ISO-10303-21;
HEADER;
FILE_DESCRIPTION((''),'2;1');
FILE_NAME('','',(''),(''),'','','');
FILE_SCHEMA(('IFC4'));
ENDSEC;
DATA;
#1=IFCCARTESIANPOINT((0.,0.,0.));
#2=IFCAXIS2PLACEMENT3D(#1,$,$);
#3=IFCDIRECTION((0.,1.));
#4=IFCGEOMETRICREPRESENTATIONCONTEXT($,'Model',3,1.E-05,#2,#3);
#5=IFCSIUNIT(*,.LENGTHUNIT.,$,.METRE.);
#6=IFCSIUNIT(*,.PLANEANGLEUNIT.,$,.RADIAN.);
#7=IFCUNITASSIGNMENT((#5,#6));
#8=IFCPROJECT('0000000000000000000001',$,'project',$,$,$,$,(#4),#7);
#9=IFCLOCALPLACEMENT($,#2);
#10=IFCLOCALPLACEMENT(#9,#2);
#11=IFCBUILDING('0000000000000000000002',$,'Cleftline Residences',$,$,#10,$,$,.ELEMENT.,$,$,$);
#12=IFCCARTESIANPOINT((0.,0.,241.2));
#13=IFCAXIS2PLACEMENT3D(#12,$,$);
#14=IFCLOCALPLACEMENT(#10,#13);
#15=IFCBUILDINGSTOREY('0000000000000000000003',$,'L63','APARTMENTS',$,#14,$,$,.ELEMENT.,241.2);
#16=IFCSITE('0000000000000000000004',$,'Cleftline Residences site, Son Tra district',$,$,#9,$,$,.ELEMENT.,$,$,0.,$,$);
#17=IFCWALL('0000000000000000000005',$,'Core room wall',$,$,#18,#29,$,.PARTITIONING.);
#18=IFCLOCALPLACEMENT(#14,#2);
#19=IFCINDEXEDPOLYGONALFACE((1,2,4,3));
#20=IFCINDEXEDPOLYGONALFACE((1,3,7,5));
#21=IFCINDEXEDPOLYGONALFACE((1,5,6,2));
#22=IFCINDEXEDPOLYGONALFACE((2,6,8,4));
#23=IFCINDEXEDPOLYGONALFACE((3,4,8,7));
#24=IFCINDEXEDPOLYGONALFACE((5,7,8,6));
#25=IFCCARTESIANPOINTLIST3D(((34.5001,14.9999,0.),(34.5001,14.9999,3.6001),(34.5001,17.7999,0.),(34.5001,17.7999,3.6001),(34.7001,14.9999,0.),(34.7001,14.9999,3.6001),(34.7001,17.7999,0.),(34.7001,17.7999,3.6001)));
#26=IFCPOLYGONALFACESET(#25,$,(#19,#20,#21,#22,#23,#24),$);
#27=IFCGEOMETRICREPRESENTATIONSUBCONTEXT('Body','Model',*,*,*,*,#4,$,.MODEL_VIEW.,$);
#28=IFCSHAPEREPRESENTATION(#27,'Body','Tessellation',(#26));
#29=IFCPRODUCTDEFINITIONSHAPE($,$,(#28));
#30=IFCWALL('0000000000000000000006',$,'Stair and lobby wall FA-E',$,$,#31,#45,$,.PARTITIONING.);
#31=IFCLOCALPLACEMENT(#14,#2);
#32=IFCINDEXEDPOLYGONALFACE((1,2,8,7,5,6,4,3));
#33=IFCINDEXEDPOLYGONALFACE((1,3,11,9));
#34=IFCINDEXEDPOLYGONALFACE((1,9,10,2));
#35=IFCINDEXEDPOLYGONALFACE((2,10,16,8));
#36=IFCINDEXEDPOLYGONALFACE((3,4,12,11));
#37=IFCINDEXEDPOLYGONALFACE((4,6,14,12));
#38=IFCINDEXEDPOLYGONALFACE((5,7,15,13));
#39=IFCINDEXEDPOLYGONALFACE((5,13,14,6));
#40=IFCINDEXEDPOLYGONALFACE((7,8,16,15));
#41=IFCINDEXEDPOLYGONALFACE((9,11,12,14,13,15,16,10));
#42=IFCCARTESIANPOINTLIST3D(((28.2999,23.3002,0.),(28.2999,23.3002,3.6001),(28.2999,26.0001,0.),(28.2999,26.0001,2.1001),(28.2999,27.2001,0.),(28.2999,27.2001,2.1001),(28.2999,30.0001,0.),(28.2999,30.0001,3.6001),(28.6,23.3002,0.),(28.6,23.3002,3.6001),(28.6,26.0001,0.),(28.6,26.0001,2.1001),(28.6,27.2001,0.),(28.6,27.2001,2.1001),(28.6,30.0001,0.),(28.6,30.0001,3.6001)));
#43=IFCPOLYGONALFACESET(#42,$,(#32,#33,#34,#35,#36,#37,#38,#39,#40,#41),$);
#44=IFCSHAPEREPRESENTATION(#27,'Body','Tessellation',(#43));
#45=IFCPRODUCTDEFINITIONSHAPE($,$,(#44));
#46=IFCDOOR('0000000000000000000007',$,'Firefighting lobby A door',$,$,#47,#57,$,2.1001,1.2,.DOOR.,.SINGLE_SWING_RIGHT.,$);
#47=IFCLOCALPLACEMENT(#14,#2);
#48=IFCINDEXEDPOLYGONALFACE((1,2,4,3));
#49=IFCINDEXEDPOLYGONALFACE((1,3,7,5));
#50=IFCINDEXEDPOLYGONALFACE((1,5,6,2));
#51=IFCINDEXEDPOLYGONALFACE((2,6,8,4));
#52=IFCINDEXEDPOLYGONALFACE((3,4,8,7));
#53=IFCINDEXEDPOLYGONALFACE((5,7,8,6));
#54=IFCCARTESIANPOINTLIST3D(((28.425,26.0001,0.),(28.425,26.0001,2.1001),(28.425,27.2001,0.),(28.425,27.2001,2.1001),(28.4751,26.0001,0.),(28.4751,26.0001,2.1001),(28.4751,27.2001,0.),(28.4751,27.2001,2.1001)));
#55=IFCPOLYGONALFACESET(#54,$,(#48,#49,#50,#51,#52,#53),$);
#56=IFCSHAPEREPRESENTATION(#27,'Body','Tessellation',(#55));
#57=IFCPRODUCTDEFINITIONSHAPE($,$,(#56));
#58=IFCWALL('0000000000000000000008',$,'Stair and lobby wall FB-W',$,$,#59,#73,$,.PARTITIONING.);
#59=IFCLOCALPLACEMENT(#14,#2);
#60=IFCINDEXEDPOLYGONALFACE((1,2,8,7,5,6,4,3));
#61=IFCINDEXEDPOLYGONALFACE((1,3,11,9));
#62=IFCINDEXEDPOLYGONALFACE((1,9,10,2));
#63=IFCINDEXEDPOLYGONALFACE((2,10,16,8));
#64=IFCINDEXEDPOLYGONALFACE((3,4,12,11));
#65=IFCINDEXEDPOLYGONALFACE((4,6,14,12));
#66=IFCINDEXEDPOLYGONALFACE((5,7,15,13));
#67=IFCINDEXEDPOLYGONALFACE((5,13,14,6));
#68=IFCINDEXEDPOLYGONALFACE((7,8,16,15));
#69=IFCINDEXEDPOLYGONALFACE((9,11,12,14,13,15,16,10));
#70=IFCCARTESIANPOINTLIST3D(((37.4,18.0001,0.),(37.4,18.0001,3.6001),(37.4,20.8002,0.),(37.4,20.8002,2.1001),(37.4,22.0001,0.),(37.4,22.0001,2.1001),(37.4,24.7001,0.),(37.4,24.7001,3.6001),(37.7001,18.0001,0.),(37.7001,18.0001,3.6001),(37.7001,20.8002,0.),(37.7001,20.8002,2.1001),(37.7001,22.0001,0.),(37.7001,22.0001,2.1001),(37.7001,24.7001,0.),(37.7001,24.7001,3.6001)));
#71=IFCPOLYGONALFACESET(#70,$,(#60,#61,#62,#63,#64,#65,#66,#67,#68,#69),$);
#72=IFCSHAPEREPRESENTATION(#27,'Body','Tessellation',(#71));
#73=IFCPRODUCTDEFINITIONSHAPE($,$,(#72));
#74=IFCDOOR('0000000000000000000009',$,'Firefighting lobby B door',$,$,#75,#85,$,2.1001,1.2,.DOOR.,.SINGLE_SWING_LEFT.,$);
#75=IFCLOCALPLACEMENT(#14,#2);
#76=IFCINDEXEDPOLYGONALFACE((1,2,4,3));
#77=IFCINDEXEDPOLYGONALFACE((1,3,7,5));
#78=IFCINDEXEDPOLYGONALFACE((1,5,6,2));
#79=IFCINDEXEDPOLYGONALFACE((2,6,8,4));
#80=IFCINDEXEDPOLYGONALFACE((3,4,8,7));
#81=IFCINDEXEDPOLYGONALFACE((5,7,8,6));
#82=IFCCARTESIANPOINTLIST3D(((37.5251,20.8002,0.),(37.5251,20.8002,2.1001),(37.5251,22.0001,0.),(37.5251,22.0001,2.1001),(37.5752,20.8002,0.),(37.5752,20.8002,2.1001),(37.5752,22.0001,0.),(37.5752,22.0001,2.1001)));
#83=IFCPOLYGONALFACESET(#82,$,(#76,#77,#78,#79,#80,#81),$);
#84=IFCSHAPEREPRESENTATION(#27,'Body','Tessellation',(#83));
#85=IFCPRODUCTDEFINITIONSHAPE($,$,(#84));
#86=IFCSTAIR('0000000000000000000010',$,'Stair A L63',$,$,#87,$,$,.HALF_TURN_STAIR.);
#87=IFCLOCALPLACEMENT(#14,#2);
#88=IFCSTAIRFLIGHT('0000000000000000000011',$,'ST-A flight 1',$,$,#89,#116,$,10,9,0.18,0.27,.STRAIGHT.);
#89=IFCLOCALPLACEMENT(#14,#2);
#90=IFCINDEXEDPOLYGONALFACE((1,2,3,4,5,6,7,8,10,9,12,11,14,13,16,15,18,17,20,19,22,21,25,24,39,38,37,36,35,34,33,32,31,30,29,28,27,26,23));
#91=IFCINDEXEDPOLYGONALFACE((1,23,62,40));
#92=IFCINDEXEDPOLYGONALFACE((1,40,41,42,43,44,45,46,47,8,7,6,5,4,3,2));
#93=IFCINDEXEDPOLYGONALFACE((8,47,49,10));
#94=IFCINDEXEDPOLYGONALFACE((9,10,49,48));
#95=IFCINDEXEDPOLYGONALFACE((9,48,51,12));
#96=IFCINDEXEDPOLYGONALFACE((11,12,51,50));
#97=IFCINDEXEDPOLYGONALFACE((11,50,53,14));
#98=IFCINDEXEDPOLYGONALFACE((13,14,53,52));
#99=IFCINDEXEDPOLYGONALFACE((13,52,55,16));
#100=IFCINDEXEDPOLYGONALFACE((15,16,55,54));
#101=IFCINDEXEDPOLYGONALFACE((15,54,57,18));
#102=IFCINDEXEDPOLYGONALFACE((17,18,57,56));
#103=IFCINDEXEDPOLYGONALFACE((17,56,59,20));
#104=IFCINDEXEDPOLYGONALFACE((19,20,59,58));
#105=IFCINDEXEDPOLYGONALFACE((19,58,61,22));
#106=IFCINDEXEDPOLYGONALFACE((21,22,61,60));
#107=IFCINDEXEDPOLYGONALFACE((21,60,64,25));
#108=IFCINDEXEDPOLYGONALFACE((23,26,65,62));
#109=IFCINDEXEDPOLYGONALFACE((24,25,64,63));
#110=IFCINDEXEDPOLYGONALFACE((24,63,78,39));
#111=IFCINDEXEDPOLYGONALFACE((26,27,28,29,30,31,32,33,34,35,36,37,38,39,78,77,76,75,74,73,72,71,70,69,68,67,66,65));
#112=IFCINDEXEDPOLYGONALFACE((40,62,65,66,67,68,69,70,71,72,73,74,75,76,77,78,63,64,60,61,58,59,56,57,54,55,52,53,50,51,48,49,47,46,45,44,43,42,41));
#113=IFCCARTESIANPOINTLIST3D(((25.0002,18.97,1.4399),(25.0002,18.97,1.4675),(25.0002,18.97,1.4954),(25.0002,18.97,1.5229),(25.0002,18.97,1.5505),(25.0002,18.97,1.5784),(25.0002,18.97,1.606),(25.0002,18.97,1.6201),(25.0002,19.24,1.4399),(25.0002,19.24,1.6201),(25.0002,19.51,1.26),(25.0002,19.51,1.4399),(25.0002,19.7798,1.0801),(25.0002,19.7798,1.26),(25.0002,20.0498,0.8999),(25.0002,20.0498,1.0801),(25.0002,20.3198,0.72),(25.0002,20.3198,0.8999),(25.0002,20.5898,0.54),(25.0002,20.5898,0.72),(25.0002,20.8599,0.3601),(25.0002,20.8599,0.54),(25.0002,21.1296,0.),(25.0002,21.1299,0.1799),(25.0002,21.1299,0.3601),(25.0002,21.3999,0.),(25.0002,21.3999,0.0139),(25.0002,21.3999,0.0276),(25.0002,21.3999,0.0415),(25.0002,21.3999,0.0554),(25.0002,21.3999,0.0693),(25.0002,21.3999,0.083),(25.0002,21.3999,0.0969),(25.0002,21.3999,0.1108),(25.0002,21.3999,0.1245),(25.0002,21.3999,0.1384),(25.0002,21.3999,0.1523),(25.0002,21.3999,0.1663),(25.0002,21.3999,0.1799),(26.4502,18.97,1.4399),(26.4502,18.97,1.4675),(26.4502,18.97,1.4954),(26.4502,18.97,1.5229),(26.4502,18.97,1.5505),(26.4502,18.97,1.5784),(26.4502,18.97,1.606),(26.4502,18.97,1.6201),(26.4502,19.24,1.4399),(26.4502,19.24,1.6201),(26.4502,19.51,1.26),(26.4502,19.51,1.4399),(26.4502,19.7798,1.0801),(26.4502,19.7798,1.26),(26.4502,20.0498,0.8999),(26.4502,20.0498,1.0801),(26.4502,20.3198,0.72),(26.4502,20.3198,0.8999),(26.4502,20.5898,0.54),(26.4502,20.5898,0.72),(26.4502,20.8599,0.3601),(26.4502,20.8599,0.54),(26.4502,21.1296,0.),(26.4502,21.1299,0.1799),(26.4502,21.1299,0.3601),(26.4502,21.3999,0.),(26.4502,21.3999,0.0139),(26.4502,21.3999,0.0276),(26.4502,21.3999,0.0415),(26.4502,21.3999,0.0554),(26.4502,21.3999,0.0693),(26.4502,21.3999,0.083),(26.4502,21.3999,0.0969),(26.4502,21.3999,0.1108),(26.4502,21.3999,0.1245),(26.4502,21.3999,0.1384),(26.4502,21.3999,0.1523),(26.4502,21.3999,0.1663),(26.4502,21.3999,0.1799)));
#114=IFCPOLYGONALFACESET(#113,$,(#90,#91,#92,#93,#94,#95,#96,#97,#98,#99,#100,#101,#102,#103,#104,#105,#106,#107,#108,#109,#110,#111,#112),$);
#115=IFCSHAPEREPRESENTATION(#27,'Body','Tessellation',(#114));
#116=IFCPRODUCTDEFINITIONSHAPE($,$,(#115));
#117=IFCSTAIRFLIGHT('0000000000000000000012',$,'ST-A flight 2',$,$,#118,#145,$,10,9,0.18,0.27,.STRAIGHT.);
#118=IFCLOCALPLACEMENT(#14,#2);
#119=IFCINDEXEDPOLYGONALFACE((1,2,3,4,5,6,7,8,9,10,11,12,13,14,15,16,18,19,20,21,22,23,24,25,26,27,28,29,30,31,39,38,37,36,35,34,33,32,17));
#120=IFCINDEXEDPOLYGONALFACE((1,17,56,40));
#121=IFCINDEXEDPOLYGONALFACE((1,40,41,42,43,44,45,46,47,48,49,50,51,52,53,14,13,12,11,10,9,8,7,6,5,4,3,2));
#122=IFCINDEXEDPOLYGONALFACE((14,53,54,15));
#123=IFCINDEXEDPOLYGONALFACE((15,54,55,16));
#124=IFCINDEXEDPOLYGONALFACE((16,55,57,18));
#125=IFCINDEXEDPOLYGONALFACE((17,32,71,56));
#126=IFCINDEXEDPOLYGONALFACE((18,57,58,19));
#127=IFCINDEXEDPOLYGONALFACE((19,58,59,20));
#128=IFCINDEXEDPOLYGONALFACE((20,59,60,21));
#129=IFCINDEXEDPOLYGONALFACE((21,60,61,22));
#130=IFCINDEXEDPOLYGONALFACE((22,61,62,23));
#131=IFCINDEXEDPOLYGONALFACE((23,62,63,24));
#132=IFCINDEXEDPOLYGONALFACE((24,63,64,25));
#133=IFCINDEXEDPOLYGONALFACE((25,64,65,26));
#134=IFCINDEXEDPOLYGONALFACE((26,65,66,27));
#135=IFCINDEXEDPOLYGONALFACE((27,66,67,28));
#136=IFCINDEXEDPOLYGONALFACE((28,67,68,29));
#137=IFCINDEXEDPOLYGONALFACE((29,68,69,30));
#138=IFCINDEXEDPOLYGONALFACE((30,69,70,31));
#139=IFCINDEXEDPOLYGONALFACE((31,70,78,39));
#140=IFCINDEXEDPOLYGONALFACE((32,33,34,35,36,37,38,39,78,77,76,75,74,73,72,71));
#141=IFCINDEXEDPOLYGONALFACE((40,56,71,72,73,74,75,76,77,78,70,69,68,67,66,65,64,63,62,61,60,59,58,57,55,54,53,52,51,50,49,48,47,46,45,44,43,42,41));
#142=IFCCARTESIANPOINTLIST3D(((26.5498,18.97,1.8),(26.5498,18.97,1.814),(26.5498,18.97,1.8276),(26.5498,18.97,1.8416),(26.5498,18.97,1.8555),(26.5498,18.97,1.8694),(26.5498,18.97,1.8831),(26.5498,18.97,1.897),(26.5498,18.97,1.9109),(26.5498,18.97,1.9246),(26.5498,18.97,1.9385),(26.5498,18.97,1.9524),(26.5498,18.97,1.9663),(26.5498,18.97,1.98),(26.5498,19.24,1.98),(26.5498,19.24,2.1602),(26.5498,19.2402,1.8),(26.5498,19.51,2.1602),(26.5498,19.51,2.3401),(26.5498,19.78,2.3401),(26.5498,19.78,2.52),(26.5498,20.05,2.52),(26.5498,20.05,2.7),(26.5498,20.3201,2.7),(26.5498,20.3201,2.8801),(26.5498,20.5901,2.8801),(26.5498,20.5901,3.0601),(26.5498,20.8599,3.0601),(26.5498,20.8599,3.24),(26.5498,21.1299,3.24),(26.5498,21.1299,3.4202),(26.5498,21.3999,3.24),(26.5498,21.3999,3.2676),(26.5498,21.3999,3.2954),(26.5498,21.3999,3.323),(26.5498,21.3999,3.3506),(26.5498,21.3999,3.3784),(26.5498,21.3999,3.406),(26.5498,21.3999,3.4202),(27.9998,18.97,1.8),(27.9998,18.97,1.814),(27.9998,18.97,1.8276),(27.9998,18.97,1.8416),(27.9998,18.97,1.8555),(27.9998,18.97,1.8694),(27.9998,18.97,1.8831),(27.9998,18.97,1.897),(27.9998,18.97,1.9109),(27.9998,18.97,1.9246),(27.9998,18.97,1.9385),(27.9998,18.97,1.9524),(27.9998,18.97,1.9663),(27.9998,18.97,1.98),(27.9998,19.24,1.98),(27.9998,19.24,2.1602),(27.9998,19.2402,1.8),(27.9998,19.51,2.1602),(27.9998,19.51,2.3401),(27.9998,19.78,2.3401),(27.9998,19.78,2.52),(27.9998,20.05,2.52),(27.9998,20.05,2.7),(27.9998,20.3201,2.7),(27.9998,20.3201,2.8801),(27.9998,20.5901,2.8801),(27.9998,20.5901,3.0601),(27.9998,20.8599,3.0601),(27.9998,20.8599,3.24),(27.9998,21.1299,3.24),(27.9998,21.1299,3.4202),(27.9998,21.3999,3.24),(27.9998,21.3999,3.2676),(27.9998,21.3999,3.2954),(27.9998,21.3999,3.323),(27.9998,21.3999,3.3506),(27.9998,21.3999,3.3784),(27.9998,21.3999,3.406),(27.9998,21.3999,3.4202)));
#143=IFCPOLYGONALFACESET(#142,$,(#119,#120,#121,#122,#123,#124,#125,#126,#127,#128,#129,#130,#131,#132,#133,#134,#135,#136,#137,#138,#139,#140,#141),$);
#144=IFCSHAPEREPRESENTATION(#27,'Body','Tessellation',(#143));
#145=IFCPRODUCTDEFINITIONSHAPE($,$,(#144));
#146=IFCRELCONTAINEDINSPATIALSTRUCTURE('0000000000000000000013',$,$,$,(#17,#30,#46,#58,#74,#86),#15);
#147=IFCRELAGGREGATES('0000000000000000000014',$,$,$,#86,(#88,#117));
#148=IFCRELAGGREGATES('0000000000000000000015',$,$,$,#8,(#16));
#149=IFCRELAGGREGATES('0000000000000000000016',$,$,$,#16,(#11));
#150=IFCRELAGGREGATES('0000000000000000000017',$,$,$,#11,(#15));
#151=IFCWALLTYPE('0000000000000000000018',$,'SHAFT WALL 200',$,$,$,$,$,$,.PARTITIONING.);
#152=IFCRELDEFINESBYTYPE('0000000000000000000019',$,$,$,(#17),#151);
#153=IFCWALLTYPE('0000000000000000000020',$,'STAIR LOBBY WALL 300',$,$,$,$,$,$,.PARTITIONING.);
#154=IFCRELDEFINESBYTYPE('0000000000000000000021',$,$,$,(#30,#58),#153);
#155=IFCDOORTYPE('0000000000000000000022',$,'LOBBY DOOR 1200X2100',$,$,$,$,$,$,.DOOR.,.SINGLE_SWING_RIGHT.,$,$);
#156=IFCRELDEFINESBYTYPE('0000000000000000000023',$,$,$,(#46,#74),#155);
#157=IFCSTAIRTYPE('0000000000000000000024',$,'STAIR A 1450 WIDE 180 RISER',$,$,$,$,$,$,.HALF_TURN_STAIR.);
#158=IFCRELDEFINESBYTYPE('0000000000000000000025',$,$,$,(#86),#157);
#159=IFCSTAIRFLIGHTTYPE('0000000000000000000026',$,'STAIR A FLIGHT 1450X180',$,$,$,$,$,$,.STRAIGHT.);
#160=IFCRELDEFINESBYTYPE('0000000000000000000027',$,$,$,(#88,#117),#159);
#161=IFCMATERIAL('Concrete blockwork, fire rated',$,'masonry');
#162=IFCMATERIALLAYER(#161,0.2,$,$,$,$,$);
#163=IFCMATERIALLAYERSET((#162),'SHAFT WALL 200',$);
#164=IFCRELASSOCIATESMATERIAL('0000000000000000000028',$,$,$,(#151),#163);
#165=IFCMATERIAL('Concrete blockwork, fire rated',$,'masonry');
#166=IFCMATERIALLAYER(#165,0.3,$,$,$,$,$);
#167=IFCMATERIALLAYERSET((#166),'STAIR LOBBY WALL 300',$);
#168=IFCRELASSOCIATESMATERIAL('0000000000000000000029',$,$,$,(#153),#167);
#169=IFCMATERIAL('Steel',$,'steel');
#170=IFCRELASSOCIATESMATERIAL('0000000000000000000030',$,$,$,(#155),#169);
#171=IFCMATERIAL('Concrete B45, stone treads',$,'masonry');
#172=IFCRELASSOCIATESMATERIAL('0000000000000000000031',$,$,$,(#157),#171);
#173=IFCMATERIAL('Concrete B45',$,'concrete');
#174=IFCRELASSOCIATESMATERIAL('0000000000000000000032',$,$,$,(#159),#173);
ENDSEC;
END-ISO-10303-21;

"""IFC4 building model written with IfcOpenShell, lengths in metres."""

from ifc_helpers import new_model, si_unit, direction, frame, frame_2d, origin, place, context, subcontext, project, spatial, polyline, rectangle, outline, extrude, material, layer, layer_set, type_object, element, fill, aggregate, save


model = new_model("IFC4")

# Units and contexts
model_context = context("Model", 3, precision=1e-05, world=origin(), true_north=direction((0.0, 1.0)))
body_context = subcontext(model_context, "Body", "Model", "MODEL_VIEW")
ifc_project = project(units=[si_unit("LENGTHUNIT", "METRE"), si_unit("PLANEANGLEUNIT", "RADIAN")], contexts=[model_context])

# Site, building, storey
site_placement = place(None, origin())
site = spatial("IfcSite", under=ifc_project, at=site_placement, Name="Cleftline Residences site, Son Tra district", CompositionType="ELEMENT", RefElevation=0.0)
building_placement = place(site_placement, origin())
building = spatial("IfcBuilding", under=site, at=building_placement, Name="Cleftline Residences", CompositionType="ELEMENT")
storey_placement = place(building_placement, frame((0.0, 0.0, 241.2)))
storey = spatial("IfcBuildingStorey", under=building, at=storey_placement, Name="L63", Description="APARTMENTS", CompositionType="ELEMENT", Elevation=241.2)

# Shared definitions
ifc_material_1 = material(Name="Concrete blockwork, fire rated", Category="masonry")
ifc_layer_1 = layer(ifc_material_1, 0.2)
ifc_layer_set_1 = layer_set([ifc_layer_1], Name="SHAFT WALL 200")
wall_type_1 = type_object("IfcWallType", Name="SHAFT WALL 200", PredefinedType="PARTITIONING", material=ifc_layer_set_1)

# Wall
wall_1_placement = place(storey_placement, frame((34.6001, 15.0, 0.0), z_axis=(0.0, 0.0, 1.0), x_axis=(0.0, 1.0, 0.0)))
element("IfcWall", 1, at=wall_1_placement, inside=storey, type_object=wall_type_1, Name="Core room wall", PredefinedType="PARTITIONING", context=body_context, shape_type="SweptSolid", body=[
    extrude(rectangle(XDim=2.8, YDim=0.2, at=frame_2d((1.3999, 0.0))), origin(), (0.0, 0.0, 1.0), 3.6001),
])

# Walls, openings, doors
ifc_material_2 = material(Name="Concrete blockwork, fire rated", Category="masonry")
ifc_layer_2 = layer(ifc_material_2, 0.3)
ifc_layer_set_2 = layer_set([ifc_layer_2], Name="STAIR LOBBY WALL 300")
wall_type_2 = type_object("IfcWallType", Name="STAIR LOBBY WALL 300", PredefinedType="PARTITIONING", material=ifc_layer_set_2)
wall_2_placement = place(storey_placement, frame((28.45, 23.3, 0.0), z_axis=(0.0, 0.0, 1.0), x_axis=(0.0, 1.0, 0.0)))
wall_2 = element("IfcWall", 2, at=wall_2_placement, inside=storey, type_object=wall_type_2, Name="Stair and lobby wall FA-E", PredefinedType="PARTITIONING", context=body_context, shape_type="SweptSolid", body=[
    extrude(rectangle(XDim=6.7, YDim=0.3, at=frame_2d((3.3501, 0.0))), origin(), (0.0, 0.0, 1.0), 3.6001),
])
opening_1_placement = place(wall_2_placement, frame((2.7, 0.0, 0.0)))
opening_1 = element("IfcOpeningElement", 3, at=opening_1_placement, cuts=wall_2, PredefinedType="OPENING", context=body_context, shape_type="SweptSolid", body=[
    extrude(rectangle(XDim=1.2, YDim=2.1001, at=frame_2d((0.6001, 1.05))), frame((0.0, 0.1599, 0.0), z_axis=(0.0, -1.0, 0.0), x_axis=(1.0, 0.0, 0.0)), (0.0, 0.0, 1.0), 0.3201),
])
ifc_material_3 = material(Name="Steel", Category="steel")
door_type_1 = type_object("IfcDoorType", Name="LOBBY DOOR 1200X2100", OperationType="SINGLE_SWING_RIGHT", PredefinedType="DOOR", material=ifc_material_3)
door_1_placement = place(opening_1_placement, origin())
door_1 = element("IfcDoor", 4, at=door_1_placement, inside=storey, type_object=door_type_1, Name="Firefighting lobby A door", OperationType="SINGLE_SWING_RIGHT", OverallHeight=2.1001, OverallWidth=1.2, PredefinedType="DOOR", context=body_context, shape_type="SweptSolid", body=[
    extrude(rectangle(XDim=1.2, YDim=2.1001, at=frame_2d((0.6001, 1.05))), frame((0.0, 0.0249, 0.0), z_axis=(0.0, -1.0, 0.0), x_axis=(1.0, 0.0, 0.0)), (0.0, 0.0, 1.0), 0.05),
])
fill(opening_1, door_1)
wall_3_placement = place(storey_placement, frame((37.55, 18.0, 0.0), z_axis=(0.0, 0.0, 1.0), x_axis=(0.0, 1.0, 0.0)))
wall_3 = element("IfcWall", 5, at=wall_3_placement, inside=storey, type_object=wall_type_2, Name="Stair and lobby wall FB-W", PredefinedType="PARTITIONING", context=body_context, shape_type="SweptSolid", body=[
    extrude(rectangle(XDim=6.7, YDim=0.3, at=frame_2d((3.3501, 0.0))), origin(), (0.0, 0.0, 1.0), 3.6001),
])
opening_2_placement = place(wall_3_placement, frame((2.8, 0.0, 0.0)))
opening_2 = element("IfcOpeningElement", 6, at=opening_2_placement, cuts=wall_3, PredefinedType="OPENING", context=body_context, shape_type="SweptSolid", body=[
    extrude(rectangle(XDim=1.2, YDim=2.1001, at=frame_2d((0.6001, 1.05))), frame((0.0, 0.1599, 0.0), z_axis=(0.0, -1.0, 0.0), x_axis=(1.0, 0.0, 0.0)), (0.0, 0.0, 1.0), 0.3201),
])
door_2_placement = place(opening_2_placement, origin())
door_2 = element("IfcDoor", 7, at=door_2_placement, inside=storey, type_object=door_type_1, Name="Firefighting lobby B door", OperationType="SINGLE_SWING_LEFT", OverallHeight=2.1001, OverallWidth=1.2, PredefinedType="DOOR", context=body_context, shape_type="SweptSolid", body=[
    extrude(rectangle(XDim=1.2, YDim=2.1001, at=frame_2d((0.6001, 1.05))), frame((0.0, 0.0249, 0.0), z_axis=(0.0, -1.0, 0.0), x_axis=(1.0, 0.0, 0.0)), (0.0, 0.0, 1.0), 0.05),
])
fill(opening_2, door_2)

# Stair, stair flights
ifc_material_4 = material(Name="Concrete B45, stone treads", Category="masonry")
stair_type = type_object("IfcStairType", Name="STAIR A 1450 WIDE 180 RISER", PredefinedType="HALF_TURN_STAIR", material=ifc_material_4)
stair_placement = place(storey_placement, origin())
stair = element("IfcStair", 8, at=stair_placement, inside=storey, type_object=stair_type, Name="Stair A L63", PredefinedType="HALF_TURN_STAIR")
ifc_material_5 = material(Name="Concrete B45", Category="concrete")
stair_flight_type = type_object("IfcStairFlightType", Name="STAIR A FLIGHT 1450X180", PredefinedType="STRAIGHT", material=ifc_material_5)
stair_flight_1_placement = place(storey_placement, frame((25.7251, 21.3999, 0.0), z_axis=(0.0, 0.0, 1.0), x_axis=(0.0, -1.0, 0.0)))
stair_flight_1 = element("IfcStairFlight", 9, at=stair_flight_1_placement, type_object=stair_flight_type, Name="ST-A flight 1", NumberOfRisers=10, NumberOfTreads=9, PredefinedType="STRAIGHT", RiserHeight=0.18, TreadLength=0.27, context=body_context, shape_type="SweptSolid", body=[
    extrude(outline(polyline([(0.0, 0.0), (0.0, 0.0139), (0.0, 0.0276), (0.0, 0.0415), (0.0, 0.0554), (0.0, 0.0693), (0.0, 0.083), (0.0, 0.0969), (0.0, 0.1108), (0.0, 0.1245), (0.0, 0.1384), (0.0, 0.1523), (0.0, 0.1663), (0.0, 0.1799), (0.27, 0.1799), (0.27, 0.3601), (0.54, 0.3601), (0.54, 0.54), (0.8101, 0.54), (0.8101, 0.72), (1.0801, 0.72), (1.0801, 0.8999), (1.3501, 0.8999), (1.3501, 1.0801), (1.6201, 1.0801), (1.6201, 1.26), (1.8899, 1.26), (1.8899, 1.4399), (2.1599, 1.4399), (2.1599, 1.6201), (2.4299, 1.6201), (2.4299, 1.8), (2.4299, 1.7722), (2.4299, 1.7446), (2.4299, 1.7168), (2.4299, 1.6892), (2.4299, 1.6614), (2.4299, 1.6338), (2.4299, 1.606), (2.4299, 1.5784), (2.4299, 1.5505), (2.4299, 1.5229), (2.4299, 1.4954), (2.4299, 1.4675), (2.4299, 1.4399), (0.2703, 0.0), (0.0, 0.0)])), frame((0.0, 0.7251, 0.0), z_axis=(0.0, -1.0, 0.0), x_axis=(1.0, 0.0, 0.0)), (0.0, 0.0, 1.0), 1.45),
])
stair_flight_2_placement = place(storey_placement, frame((27.2749, 18.97, 1.8), z_axis=(0.0, 0.0, 1.0), x_axis=(0.0, 1.0, 0.0)))
stair_flight_2 = element("IfcStairFlight", 10, at=stair_flight_2_placement, type_object=stair_flight_type, Name="ST-A flight 2", NumberOfRisers=10, NumberOfTreads=9, PredefinedType="STRAIGHT", RiserHeight=0.18, TreadLength=0.27, context=body_context, shape_type="SweptSolid", body=[
    extrude(outline(polyline([(0.0, 0.0), (0.0, 0.0139), (0.0, 0.0276), (0.0, 0.0415), (0.0, 0.0554), (0.0, 0.0693), (0.0, 0.083), (0.0, 0.0969), (0.0, 0.1108), (0.0, 0.1245), (0.0, 0.1384), (0.0, 0.1523), (0.0, 0.1663), (0.0, 0.1799), (0.27, 0.1799), (0.27, 0.3601), (0.54, 0.3601), (0.54, 0.54), (0.8101, 0.54), (0.8101, 0.72), (1.0801, 0.72), (1.0801, 0.8999), (1.3501, 0.8999), (1.3501, 1.0801), (1.6201, 1.0801), (1.6201, 1.26), (1.8899, 1.26), (1.8899, 1.4399), (2.1599, 1.4399), (2.1599, 1.6201), (2.4299, 1.6201), (2.4299, 1.8), (2.4299, 1.7722), (2.4299, 1.7446), (2.4299, 1.7168), (2.4299, 1.6892), (2.4299, 1.6614), (2.4299, 1.6338), (2.4299, 1.606), (2.4299, 1.5784), (2.4299, 1.5505), (2.4299, 1.5229), (2.4299, 1.4954), (2.4299, 1.4675), (2.4299, 1.4399), (0.2703, 0.0), (0.0, 0.0)])), frame((0.0, 0.7251, 0.0), z_axis=(0.0, -1.0, 0.0), x_axis=(1.0, 0.0, 0.0)), (0.0, 0.0, 1.0), 1.45),
])
aggregate(stair, [stair_flight_1, stair_flight_2])

save(model, "model.ifc")
